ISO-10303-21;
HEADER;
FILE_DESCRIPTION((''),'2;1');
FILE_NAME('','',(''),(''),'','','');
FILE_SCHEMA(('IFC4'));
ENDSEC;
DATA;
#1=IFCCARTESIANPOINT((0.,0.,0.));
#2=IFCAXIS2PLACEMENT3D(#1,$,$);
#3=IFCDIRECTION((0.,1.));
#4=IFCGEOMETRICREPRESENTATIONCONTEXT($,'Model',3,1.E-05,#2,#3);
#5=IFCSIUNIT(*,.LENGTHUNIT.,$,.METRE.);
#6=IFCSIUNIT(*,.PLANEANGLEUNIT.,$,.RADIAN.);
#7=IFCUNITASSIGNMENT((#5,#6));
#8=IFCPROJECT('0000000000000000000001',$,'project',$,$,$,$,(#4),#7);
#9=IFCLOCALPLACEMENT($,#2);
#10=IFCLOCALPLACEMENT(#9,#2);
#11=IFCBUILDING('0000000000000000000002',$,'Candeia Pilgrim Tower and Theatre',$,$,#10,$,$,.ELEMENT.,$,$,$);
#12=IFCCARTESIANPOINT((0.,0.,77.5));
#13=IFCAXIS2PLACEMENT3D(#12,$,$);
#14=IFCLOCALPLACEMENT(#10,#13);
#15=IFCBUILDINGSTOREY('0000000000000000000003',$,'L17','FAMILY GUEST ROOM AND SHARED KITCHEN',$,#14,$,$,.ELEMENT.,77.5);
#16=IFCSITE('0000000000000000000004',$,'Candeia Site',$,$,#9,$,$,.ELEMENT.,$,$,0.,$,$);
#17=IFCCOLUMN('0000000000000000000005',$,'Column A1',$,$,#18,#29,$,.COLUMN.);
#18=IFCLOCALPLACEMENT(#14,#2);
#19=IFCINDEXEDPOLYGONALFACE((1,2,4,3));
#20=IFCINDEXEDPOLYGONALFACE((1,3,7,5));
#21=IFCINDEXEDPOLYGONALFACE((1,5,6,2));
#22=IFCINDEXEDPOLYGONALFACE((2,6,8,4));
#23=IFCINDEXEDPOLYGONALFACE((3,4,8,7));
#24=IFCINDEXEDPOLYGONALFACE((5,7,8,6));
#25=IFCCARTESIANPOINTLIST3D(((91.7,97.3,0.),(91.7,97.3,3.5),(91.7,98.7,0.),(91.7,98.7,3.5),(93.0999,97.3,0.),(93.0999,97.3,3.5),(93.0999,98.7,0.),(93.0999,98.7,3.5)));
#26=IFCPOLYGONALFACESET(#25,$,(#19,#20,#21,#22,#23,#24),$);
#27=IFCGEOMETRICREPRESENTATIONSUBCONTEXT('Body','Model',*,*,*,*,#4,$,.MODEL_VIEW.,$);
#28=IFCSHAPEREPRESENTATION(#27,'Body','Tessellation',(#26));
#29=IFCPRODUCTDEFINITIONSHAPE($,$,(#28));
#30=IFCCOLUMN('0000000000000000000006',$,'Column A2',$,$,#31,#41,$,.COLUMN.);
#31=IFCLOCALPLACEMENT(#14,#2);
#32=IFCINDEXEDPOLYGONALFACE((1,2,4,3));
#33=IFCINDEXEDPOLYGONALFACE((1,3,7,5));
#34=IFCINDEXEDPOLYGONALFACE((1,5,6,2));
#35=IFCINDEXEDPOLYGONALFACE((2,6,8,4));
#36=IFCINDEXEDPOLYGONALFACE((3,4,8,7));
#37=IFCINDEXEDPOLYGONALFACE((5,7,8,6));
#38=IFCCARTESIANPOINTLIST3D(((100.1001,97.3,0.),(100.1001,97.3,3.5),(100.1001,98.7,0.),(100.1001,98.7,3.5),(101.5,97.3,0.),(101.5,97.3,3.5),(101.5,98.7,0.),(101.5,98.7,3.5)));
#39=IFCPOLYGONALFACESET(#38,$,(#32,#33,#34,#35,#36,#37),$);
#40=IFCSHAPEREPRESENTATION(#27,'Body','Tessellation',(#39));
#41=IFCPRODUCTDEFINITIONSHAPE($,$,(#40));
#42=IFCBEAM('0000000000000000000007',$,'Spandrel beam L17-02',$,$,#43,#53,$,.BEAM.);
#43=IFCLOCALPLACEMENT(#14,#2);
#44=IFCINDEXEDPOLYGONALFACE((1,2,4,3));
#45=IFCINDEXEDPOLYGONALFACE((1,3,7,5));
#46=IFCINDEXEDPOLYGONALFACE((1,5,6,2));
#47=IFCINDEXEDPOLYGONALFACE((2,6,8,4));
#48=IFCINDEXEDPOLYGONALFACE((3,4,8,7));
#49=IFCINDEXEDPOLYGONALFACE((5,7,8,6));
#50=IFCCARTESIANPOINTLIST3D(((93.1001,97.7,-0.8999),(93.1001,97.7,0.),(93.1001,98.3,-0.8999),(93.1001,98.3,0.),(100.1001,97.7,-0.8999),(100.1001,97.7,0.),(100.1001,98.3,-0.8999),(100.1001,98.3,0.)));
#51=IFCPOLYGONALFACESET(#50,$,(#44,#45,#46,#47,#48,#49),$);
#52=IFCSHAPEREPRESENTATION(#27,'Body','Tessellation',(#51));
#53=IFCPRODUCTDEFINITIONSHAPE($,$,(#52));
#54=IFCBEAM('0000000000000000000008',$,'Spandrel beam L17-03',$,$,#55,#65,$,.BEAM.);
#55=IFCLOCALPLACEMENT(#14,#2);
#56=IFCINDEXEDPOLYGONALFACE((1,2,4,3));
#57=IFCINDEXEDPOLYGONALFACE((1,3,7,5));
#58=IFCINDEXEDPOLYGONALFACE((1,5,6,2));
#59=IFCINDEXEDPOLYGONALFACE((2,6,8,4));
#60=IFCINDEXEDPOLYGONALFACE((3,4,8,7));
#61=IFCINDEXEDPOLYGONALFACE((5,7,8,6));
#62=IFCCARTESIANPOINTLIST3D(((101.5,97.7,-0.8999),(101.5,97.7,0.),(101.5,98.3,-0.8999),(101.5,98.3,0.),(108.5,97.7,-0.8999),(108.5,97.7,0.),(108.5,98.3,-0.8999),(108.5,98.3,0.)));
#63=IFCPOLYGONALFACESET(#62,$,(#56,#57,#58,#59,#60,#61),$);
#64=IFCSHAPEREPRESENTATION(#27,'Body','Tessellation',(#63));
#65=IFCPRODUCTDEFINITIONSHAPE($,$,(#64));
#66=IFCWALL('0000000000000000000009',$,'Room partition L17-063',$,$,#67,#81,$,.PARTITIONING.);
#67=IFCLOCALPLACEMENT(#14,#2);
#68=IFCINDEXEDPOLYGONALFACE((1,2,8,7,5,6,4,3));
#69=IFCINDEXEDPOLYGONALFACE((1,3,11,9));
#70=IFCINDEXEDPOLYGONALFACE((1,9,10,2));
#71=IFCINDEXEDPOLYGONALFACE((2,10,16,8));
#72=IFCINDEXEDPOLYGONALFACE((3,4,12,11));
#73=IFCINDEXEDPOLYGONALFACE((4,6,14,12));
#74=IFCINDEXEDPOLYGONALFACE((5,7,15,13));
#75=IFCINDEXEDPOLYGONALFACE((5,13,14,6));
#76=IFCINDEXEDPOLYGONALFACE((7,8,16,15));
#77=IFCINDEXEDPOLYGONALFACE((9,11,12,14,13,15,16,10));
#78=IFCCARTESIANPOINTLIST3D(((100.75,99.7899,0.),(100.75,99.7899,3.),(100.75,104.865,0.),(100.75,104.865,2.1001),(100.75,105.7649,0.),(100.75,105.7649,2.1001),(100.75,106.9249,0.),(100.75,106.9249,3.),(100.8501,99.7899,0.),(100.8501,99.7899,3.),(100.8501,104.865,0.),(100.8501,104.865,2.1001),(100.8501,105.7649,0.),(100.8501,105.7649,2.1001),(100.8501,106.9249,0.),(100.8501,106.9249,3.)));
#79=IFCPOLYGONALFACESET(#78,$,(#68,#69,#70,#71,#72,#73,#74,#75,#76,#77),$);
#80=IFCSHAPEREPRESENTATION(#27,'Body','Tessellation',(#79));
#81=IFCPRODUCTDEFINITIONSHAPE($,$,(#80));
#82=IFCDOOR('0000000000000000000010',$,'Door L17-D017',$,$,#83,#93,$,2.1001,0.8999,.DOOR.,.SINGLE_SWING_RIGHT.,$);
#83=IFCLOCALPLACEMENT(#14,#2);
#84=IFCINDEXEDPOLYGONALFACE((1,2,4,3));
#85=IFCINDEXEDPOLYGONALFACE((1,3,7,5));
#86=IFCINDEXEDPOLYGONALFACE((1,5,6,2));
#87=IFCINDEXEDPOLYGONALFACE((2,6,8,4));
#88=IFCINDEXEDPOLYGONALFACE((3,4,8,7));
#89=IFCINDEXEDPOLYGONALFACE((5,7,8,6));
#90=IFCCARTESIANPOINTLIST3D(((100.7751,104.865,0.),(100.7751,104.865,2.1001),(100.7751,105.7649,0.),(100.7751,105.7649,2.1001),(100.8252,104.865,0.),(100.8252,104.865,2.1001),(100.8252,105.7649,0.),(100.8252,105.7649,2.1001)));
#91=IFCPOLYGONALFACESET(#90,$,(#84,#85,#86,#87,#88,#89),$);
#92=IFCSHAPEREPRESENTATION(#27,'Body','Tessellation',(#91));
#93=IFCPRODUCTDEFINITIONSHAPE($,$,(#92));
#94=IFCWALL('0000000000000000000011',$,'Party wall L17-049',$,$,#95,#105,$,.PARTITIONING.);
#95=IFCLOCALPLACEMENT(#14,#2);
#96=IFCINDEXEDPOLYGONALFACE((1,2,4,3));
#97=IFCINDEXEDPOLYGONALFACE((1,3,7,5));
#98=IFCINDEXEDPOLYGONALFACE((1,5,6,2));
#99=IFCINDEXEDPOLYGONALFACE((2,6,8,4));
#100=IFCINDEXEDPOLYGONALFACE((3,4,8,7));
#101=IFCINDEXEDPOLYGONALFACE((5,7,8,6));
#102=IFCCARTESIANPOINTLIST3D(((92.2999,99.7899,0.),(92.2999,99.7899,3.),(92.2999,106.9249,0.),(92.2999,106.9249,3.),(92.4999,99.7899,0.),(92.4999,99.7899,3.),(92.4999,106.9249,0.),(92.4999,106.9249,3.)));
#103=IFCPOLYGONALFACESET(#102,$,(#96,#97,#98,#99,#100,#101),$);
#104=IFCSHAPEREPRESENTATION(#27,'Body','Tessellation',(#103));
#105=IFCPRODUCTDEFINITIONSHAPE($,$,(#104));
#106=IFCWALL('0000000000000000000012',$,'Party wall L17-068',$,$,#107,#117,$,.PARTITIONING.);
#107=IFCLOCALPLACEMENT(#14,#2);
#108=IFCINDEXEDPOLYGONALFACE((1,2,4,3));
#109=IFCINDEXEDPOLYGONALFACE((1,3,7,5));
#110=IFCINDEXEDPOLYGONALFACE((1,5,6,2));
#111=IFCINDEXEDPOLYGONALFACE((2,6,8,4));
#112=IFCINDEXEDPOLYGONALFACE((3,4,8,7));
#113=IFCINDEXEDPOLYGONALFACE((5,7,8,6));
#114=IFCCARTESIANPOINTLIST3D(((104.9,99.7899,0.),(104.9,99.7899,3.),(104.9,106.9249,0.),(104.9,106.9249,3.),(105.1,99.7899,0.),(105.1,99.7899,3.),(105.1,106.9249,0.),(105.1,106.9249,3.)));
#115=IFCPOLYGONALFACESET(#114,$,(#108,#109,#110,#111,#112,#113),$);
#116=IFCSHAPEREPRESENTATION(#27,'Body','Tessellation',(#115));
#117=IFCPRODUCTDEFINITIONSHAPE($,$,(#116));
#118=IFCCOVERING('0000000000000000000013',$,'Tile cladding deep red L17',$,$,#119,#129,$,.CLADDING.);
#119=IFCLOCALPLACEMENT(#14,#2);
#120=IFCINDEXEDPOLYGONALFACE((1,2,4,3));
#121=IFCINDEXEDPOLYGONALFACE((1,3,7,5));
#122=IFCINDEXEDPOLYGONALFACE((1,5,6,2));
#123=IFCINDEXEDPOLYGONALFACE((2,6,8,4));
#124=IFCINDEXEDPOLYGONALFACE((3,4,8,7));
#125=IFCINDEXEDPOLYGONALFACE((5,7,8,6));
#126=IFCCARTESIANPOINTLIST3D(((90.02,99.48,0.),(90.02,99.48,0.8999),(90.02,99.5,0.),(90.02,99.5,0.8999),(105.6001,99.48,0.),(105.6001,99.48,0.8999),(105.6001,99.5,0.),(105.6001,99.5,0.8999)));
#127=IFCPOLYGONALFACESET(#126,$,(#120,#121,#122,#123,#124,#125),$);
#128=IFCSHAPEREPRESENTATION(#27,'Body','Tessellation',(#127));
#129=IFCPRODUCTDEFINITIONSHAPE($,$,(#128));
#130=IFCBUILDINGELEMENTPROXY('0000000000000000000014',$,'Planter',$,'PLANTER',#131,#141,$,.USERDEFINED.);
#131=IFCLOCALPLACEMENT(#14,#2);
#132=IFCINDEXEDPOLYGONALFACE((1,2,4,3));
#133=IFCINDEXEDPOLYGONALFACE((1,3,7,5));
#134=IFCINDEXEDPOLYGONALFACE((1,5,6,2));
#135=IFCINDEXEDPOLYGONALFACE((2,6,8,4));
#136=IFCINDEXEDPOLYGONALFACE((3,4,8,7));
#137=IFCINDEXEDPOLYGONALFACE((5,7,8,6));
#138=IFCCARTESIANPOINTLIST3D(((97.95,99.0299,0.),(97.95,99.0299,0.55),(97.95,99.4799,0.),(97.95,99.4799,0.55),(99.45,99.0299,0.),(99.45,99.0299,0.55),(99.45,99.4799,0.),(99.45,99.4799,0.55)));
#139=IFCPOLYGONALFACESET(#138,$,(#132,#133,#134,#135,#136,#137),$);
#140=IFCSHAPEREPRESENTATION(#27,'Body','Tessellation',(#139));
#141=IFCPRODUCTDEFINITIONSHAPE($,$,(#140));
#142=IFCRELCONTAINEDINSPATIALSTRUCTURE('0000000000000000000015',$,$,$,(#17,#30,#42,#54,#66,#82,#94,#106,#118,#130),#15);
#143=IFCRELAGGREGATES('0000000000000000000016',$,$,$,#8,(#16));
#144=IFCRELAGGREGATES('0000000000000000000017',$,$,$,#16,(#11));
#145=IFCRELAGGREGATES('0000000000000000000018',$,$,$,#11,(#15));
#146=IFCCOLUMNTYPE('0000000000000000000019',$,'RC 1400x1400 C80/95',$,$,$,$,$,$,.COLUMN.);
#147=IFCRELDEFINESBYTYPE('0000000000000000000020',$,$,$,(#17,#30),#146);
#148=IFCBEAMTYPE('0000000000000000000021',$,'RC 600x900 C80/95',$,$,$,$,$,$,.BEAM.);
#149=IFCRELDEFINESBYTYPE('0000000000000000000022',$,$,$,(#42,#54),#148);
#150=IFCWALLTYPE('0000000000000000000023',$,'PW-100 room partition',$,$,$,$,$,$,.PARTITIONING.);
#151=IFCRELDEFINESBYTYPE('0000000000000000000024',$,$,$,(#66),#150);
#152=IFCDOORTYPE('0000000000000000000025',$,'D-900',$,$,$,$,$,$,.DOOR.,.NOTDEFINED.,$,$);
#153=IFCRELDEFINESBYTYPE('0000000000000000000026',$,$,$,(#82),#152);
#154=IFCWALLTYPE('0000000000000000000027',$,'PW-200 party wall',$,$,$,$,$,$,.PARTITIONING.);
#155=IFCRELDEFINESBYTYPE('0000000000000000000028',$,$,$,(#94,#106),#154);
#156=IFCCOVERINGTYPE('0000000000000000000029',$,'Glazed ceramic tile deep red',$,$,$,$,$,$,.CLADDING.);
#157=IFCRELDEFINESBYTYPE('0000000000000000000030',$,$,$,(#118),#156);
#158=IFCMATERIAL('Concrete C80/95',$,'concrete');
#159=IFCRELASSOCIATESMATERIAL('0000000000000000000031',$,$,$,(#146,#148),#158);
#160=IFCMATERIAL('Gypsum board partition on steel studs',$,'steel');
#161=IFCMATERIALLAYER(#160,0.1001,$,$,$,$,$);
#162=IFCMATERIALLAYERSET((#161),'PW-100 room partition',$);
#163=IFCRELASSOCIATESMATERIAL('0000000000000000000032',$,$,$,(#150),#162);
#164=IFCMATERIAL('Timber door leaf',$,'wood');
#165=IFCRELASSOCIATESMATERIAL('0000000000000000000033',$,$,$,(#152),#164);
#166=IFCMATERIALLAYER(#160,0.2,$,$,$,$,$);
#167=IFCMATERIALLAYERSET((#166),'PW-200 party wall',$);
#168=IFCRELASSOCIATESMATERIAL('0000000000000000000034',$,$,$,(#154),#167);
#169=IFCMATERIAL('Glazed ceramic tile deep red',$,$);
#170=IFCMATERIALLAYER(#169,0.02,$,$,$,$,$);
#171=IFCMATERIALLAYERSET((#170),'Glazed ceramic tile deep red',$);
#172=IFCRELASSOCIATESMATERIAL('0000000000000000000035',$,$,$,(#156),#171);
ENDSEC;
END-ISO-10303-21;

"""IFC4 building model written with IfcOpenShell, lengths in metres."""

from ifc_helpers import new_model, si_unit, direction, frame, frame_2d, origin, origin_2d, place, context, subcontext, project, spatial, rectangle, extrude, material, layer, layer_set, material_profile, profile_set, type_object, element, fill, save


model = new_model("IFC4")

# Units and contexts
model_context = context("Model", 3, precision=1e-05, world=origin(), true_north=direction((0.0, 1.0)))
body_context = subcontext(model_context, "Body", "Model", "MODEL_VIEW")
ifc_project = project(units=[si_unit("LENGTHUNIT", "METRE"), si_unit("PLANEANGLEUNIT", "RADIAN")], contexts=[model_context])

# Site, building, storey
site_placement = place(None, origin())
site = spatial("IfcSite", under=ifc_project, at=site_placement, Name="Candeia Site", CompositionType="ELEMENT", RefElevation=0.0)
building_placement = place(site_placement, origin())
building = spatial("IfcBuilding", under=site, at=building_placement, Name="Candeia Pilgrim Tower and Theatre", CompositionType="ELEMENT")
storey_placement = place(building_placement, frame((0.0, 0.0, 77.5)))
storey = spatial("IfcBuildingStorey", under=building, at=storey_placement, Name="L17", Description="FAMILY GUEST ROOM AND SHARED KITCHEN", CompositionType="ELEMENT", Elevation=77.5)

# Columns
ifc_material_1 = material(Name="Concrete C80/95", Category="concrete")
ifc_material_profile_1 = material_profile(ifc_material_1, rectangle(XDim=1.3999, YDim=1.3999, at=origin_2d()))
ifc_profile_set_1 = profile_set([ifc_material_profile_1], Name="Concrete C80/95")
column_type = type_object("IfcColumnType", Name="RC 1400x1400 C80/95", PredefinedType="COLUMN", material=ifc_profile_set_1)
for number, where, z_axis, x_axis, name in (
    (1, (92.3999, 98.0, 0.0), (0.0, 0.0, 1.0), (1.0, 0.0, 0.0), "Column A1"),
    (2, (100.8, 98.0, 0.0), (0.0, 0.0, 1.0), (1.0, 0.0, 0.0), "Column A2"),
):
    element("IfcColumn", number, at=place(storey_placement, frame(where, z_axis=z_axis, x_axis=x_axis)), inside=storey, type_object=column_type, Name=name, PredefinedType="COLUMN", context=body_context, shape_type="SweptSolid", body=[
        extrude(rectangle(XDim=1.3999, YDim=1.3999, at=origin_2d()), origin(), (0.0, 0.0, 1.0), 3.5),
    ])

# Beams
ifc_material_profile_2 = material_profile(ifc_material_1, rectangle(XDim=0.6001, YDim=0.8999, at=origin_2d()))
ifc_profile_set_2 = profile_set([ifc_material_profile_2], Name="Concrete C80/95")
beam_type = type_object("IfcBeamType", Name="RC 600x900 C80/95", PredefinedType="BEAM", material=ifc_profile_set_2)
for number, where, z_axis, x_axis, name in (
    (3, (93.1001, 98.0, -0.45), (1.0, 0.0, 0.0), (0.0, 1.0, 0.0), "Spandrel beam L17-02"),
    (4, (101.5, 98.0, -0.45), (1.0, 0.0, 0.0), (0.0, 1.0, 0.0), "Spandrel beam L17-03"),
):
    element("IfcBeam", number, at=place(storey_placement, frame(where, z_axis=z_axis, x_axis=x_axis)), inside=storey, type_object=beam_type, Name=name, PredefinedType="BEAM", context=body_context, shape_type="SweptSolid", body=[
        extrude(rectangle(XDim=0.6001, YDim=0.8999, at=origin_2d()), origin(), (0.0, 0.0, 1.0), 7.0),
    ])

# Wall, opening, door
ifc_material_2 = material(Name="Gypsum board partition on steel studs", Category="steel")
ifc_layer_1 = layer(ifc_material_2, 0.1001)
ifc_layer_set_1 = layer_set([ifc_layer_1], Name="PW-100 room partition")
wall_type_1 = type_object("IfcWallType", Name="PW-100 room partition", PredefinedType="PARTITIONING", material=ifc_layer_set_1)
wall_placement = place(storey_placement, frame((100.8, 99.79, 0.0), z_axis=(0.0, 0.0, 1.0), x_axis=(0.0, 1.0, 0.0)))
wall = element("IfcWall", 5, at=wall_placement, inside=storey, type_object=wall_type_1, Name="Room partition L17-063", PredefinedType="PARTITIONING", context=body_context, shape_type="SweptSolid", body=[
    extrude(rectangle(XDim=7.135, YDim=0.1001, at=frame_2d((3.5674, 0.0))), origin(), (0.0, 0.0, 1.0), 3.0),
])
opening_placement = place(wall_placement, frame((5.075, 0.0, 0.0)))
opening = element("IfcOpeningElement", 6, at=opening_placement, cuts=wall, PredefinedType="OPENING", context=body_context, shape_type="SweptSolid", body=[
    extrude(rectangle(XDim=0.8999, YDim=2.1001, at=frame_2d((0.45, 1.05))), frame((0.0, 0.0601, 0.0), z_axis=(0.0, -1.0, 0.0), x_axis=(1.0, 0.0, 0.0)), (0.0, 0.0, 1.0), 0.1201),
])
ifc_material_3 = material(Name="Timber door leaf", Category="wood")
door_type = type_object("IfcDoorType", Name="D-900", OperationType="NOTDEFINED", PredefinedType="DOOR", material=ifc_material_3)
door_placement = place(opening_placement, origin())
door = element("IfcDoor", 7, at=door_placement, inside=storey, type_object=door_type, Name="Door L17-D017", OperationType="SINGLE_SWING_RIGHT", OverallHeight=2.1001, OverallWidth=0.8999, PredefinedType="DOOR", context=body_context, shape_type="SweptSolid", body=[
    extrude(rectangle(XDim=0.8999, YDim=2.1001, at=frame_2d((0.45, 1.05))), frame((0.0, 0.0249, 0.0), z_axis=(0.0, -1.0, 0.0), x_axis=(1.0, 0.0, 0.0)), (0.0, 0.0, 1.0), 0.05),
])
fill(opening, door)

# Walls
ifc_layer_2 = layer(ifc_material_2, 0.2)
ifc_layer_set_2 = layer_set([ifc_layer_2], Name="PW-200 party wall")
wall_type_2 = type_object("IfcWallType", Name="PW-200 party wall", PredefinedType="PARTITIONING", material=ifc_layer_set_2)
for number, where, z_axis, x_axis, name in (
    (8, (92.3999, 99.79, 0.0), (0.0, 0.0, 1.0), (0.0, 1.0, 0.0), "Party wall L17-049"),
    (9, (105.0, 99.79, 0.0), (0.0, 0.0, 1.0), (0.0, 1.0, 0.0), "Party wall L17-068"),
):
    element("IfcWall", number, at=place(storey_placement, frame(where, z_axis=z_axis, x_axis=x_axis)), inside=storey, type_object=wall_type_2, Name=name, PredefinedType="PARTITIONING", context=body_context, shape_type="SweptSolid", body=[
        extrude(rectangle(XDim=7.135, YDim=0.2, at=frame_2d((3.5674, 0.0))), origin(), (0.0, 0.0, 1.0), 3.0),
    ])

# Covering
ifc_material_4 = material(Name="Glazed ceramic tile deep red")
ifc_layer_3 = layer(ifc_material_4, 0.02)
ifc_layer_set_3 = layer_set([ifc_layer_3], Name="Glazed ceramic tile deep red")
covering_type = type_object("IfcCoveringType", Name="Glazed ceramic tile deep red", PredefinedType="CLADDING", material=ifc_layer_set_3)
covering_placement = place(storey_placement, frame((97.8101, 99.49, 0.0), z_axis=(0.0, 0.0, 1.0), x_axis=(1.0, 0.0, 0.0)))
element("IfcCovering", 10, at=covering_placement, inside=storey, type_object=covering_type, Name="Tile cladding deep red L17", PredefinedType="CLADDING", context=body_context, shape_type="SweptSolid", body=[
    extrude(rectangle(XDim=15.5801, YDim=0.02, at=origin_2d()), origin(), (0.0, 0.0, 1.0), 0.8999),
])

# Building element proxy
proxy_placement = place(storey_placement, frame((98.7, 99.2549, 0.0), z_axis=(0.0, 0.0, 1.0), x_axis=(1.0, 0.0, 0.0)))
element("IfcBuildingElementProxy", 11, at=proxy_placement, inside=storey, Name="Planter", ObjectType="PLANTER", PredefinedType="USERDEFINED", context=body_context, shape_type="SweptSolid", body=[
    extrude(rectangle(XDim=1.5, YDim=0.45, at=origin_2d()), origin(), (0.0, 0.0, 1.0), 0.55),
])

save(model, "model.ifc")
